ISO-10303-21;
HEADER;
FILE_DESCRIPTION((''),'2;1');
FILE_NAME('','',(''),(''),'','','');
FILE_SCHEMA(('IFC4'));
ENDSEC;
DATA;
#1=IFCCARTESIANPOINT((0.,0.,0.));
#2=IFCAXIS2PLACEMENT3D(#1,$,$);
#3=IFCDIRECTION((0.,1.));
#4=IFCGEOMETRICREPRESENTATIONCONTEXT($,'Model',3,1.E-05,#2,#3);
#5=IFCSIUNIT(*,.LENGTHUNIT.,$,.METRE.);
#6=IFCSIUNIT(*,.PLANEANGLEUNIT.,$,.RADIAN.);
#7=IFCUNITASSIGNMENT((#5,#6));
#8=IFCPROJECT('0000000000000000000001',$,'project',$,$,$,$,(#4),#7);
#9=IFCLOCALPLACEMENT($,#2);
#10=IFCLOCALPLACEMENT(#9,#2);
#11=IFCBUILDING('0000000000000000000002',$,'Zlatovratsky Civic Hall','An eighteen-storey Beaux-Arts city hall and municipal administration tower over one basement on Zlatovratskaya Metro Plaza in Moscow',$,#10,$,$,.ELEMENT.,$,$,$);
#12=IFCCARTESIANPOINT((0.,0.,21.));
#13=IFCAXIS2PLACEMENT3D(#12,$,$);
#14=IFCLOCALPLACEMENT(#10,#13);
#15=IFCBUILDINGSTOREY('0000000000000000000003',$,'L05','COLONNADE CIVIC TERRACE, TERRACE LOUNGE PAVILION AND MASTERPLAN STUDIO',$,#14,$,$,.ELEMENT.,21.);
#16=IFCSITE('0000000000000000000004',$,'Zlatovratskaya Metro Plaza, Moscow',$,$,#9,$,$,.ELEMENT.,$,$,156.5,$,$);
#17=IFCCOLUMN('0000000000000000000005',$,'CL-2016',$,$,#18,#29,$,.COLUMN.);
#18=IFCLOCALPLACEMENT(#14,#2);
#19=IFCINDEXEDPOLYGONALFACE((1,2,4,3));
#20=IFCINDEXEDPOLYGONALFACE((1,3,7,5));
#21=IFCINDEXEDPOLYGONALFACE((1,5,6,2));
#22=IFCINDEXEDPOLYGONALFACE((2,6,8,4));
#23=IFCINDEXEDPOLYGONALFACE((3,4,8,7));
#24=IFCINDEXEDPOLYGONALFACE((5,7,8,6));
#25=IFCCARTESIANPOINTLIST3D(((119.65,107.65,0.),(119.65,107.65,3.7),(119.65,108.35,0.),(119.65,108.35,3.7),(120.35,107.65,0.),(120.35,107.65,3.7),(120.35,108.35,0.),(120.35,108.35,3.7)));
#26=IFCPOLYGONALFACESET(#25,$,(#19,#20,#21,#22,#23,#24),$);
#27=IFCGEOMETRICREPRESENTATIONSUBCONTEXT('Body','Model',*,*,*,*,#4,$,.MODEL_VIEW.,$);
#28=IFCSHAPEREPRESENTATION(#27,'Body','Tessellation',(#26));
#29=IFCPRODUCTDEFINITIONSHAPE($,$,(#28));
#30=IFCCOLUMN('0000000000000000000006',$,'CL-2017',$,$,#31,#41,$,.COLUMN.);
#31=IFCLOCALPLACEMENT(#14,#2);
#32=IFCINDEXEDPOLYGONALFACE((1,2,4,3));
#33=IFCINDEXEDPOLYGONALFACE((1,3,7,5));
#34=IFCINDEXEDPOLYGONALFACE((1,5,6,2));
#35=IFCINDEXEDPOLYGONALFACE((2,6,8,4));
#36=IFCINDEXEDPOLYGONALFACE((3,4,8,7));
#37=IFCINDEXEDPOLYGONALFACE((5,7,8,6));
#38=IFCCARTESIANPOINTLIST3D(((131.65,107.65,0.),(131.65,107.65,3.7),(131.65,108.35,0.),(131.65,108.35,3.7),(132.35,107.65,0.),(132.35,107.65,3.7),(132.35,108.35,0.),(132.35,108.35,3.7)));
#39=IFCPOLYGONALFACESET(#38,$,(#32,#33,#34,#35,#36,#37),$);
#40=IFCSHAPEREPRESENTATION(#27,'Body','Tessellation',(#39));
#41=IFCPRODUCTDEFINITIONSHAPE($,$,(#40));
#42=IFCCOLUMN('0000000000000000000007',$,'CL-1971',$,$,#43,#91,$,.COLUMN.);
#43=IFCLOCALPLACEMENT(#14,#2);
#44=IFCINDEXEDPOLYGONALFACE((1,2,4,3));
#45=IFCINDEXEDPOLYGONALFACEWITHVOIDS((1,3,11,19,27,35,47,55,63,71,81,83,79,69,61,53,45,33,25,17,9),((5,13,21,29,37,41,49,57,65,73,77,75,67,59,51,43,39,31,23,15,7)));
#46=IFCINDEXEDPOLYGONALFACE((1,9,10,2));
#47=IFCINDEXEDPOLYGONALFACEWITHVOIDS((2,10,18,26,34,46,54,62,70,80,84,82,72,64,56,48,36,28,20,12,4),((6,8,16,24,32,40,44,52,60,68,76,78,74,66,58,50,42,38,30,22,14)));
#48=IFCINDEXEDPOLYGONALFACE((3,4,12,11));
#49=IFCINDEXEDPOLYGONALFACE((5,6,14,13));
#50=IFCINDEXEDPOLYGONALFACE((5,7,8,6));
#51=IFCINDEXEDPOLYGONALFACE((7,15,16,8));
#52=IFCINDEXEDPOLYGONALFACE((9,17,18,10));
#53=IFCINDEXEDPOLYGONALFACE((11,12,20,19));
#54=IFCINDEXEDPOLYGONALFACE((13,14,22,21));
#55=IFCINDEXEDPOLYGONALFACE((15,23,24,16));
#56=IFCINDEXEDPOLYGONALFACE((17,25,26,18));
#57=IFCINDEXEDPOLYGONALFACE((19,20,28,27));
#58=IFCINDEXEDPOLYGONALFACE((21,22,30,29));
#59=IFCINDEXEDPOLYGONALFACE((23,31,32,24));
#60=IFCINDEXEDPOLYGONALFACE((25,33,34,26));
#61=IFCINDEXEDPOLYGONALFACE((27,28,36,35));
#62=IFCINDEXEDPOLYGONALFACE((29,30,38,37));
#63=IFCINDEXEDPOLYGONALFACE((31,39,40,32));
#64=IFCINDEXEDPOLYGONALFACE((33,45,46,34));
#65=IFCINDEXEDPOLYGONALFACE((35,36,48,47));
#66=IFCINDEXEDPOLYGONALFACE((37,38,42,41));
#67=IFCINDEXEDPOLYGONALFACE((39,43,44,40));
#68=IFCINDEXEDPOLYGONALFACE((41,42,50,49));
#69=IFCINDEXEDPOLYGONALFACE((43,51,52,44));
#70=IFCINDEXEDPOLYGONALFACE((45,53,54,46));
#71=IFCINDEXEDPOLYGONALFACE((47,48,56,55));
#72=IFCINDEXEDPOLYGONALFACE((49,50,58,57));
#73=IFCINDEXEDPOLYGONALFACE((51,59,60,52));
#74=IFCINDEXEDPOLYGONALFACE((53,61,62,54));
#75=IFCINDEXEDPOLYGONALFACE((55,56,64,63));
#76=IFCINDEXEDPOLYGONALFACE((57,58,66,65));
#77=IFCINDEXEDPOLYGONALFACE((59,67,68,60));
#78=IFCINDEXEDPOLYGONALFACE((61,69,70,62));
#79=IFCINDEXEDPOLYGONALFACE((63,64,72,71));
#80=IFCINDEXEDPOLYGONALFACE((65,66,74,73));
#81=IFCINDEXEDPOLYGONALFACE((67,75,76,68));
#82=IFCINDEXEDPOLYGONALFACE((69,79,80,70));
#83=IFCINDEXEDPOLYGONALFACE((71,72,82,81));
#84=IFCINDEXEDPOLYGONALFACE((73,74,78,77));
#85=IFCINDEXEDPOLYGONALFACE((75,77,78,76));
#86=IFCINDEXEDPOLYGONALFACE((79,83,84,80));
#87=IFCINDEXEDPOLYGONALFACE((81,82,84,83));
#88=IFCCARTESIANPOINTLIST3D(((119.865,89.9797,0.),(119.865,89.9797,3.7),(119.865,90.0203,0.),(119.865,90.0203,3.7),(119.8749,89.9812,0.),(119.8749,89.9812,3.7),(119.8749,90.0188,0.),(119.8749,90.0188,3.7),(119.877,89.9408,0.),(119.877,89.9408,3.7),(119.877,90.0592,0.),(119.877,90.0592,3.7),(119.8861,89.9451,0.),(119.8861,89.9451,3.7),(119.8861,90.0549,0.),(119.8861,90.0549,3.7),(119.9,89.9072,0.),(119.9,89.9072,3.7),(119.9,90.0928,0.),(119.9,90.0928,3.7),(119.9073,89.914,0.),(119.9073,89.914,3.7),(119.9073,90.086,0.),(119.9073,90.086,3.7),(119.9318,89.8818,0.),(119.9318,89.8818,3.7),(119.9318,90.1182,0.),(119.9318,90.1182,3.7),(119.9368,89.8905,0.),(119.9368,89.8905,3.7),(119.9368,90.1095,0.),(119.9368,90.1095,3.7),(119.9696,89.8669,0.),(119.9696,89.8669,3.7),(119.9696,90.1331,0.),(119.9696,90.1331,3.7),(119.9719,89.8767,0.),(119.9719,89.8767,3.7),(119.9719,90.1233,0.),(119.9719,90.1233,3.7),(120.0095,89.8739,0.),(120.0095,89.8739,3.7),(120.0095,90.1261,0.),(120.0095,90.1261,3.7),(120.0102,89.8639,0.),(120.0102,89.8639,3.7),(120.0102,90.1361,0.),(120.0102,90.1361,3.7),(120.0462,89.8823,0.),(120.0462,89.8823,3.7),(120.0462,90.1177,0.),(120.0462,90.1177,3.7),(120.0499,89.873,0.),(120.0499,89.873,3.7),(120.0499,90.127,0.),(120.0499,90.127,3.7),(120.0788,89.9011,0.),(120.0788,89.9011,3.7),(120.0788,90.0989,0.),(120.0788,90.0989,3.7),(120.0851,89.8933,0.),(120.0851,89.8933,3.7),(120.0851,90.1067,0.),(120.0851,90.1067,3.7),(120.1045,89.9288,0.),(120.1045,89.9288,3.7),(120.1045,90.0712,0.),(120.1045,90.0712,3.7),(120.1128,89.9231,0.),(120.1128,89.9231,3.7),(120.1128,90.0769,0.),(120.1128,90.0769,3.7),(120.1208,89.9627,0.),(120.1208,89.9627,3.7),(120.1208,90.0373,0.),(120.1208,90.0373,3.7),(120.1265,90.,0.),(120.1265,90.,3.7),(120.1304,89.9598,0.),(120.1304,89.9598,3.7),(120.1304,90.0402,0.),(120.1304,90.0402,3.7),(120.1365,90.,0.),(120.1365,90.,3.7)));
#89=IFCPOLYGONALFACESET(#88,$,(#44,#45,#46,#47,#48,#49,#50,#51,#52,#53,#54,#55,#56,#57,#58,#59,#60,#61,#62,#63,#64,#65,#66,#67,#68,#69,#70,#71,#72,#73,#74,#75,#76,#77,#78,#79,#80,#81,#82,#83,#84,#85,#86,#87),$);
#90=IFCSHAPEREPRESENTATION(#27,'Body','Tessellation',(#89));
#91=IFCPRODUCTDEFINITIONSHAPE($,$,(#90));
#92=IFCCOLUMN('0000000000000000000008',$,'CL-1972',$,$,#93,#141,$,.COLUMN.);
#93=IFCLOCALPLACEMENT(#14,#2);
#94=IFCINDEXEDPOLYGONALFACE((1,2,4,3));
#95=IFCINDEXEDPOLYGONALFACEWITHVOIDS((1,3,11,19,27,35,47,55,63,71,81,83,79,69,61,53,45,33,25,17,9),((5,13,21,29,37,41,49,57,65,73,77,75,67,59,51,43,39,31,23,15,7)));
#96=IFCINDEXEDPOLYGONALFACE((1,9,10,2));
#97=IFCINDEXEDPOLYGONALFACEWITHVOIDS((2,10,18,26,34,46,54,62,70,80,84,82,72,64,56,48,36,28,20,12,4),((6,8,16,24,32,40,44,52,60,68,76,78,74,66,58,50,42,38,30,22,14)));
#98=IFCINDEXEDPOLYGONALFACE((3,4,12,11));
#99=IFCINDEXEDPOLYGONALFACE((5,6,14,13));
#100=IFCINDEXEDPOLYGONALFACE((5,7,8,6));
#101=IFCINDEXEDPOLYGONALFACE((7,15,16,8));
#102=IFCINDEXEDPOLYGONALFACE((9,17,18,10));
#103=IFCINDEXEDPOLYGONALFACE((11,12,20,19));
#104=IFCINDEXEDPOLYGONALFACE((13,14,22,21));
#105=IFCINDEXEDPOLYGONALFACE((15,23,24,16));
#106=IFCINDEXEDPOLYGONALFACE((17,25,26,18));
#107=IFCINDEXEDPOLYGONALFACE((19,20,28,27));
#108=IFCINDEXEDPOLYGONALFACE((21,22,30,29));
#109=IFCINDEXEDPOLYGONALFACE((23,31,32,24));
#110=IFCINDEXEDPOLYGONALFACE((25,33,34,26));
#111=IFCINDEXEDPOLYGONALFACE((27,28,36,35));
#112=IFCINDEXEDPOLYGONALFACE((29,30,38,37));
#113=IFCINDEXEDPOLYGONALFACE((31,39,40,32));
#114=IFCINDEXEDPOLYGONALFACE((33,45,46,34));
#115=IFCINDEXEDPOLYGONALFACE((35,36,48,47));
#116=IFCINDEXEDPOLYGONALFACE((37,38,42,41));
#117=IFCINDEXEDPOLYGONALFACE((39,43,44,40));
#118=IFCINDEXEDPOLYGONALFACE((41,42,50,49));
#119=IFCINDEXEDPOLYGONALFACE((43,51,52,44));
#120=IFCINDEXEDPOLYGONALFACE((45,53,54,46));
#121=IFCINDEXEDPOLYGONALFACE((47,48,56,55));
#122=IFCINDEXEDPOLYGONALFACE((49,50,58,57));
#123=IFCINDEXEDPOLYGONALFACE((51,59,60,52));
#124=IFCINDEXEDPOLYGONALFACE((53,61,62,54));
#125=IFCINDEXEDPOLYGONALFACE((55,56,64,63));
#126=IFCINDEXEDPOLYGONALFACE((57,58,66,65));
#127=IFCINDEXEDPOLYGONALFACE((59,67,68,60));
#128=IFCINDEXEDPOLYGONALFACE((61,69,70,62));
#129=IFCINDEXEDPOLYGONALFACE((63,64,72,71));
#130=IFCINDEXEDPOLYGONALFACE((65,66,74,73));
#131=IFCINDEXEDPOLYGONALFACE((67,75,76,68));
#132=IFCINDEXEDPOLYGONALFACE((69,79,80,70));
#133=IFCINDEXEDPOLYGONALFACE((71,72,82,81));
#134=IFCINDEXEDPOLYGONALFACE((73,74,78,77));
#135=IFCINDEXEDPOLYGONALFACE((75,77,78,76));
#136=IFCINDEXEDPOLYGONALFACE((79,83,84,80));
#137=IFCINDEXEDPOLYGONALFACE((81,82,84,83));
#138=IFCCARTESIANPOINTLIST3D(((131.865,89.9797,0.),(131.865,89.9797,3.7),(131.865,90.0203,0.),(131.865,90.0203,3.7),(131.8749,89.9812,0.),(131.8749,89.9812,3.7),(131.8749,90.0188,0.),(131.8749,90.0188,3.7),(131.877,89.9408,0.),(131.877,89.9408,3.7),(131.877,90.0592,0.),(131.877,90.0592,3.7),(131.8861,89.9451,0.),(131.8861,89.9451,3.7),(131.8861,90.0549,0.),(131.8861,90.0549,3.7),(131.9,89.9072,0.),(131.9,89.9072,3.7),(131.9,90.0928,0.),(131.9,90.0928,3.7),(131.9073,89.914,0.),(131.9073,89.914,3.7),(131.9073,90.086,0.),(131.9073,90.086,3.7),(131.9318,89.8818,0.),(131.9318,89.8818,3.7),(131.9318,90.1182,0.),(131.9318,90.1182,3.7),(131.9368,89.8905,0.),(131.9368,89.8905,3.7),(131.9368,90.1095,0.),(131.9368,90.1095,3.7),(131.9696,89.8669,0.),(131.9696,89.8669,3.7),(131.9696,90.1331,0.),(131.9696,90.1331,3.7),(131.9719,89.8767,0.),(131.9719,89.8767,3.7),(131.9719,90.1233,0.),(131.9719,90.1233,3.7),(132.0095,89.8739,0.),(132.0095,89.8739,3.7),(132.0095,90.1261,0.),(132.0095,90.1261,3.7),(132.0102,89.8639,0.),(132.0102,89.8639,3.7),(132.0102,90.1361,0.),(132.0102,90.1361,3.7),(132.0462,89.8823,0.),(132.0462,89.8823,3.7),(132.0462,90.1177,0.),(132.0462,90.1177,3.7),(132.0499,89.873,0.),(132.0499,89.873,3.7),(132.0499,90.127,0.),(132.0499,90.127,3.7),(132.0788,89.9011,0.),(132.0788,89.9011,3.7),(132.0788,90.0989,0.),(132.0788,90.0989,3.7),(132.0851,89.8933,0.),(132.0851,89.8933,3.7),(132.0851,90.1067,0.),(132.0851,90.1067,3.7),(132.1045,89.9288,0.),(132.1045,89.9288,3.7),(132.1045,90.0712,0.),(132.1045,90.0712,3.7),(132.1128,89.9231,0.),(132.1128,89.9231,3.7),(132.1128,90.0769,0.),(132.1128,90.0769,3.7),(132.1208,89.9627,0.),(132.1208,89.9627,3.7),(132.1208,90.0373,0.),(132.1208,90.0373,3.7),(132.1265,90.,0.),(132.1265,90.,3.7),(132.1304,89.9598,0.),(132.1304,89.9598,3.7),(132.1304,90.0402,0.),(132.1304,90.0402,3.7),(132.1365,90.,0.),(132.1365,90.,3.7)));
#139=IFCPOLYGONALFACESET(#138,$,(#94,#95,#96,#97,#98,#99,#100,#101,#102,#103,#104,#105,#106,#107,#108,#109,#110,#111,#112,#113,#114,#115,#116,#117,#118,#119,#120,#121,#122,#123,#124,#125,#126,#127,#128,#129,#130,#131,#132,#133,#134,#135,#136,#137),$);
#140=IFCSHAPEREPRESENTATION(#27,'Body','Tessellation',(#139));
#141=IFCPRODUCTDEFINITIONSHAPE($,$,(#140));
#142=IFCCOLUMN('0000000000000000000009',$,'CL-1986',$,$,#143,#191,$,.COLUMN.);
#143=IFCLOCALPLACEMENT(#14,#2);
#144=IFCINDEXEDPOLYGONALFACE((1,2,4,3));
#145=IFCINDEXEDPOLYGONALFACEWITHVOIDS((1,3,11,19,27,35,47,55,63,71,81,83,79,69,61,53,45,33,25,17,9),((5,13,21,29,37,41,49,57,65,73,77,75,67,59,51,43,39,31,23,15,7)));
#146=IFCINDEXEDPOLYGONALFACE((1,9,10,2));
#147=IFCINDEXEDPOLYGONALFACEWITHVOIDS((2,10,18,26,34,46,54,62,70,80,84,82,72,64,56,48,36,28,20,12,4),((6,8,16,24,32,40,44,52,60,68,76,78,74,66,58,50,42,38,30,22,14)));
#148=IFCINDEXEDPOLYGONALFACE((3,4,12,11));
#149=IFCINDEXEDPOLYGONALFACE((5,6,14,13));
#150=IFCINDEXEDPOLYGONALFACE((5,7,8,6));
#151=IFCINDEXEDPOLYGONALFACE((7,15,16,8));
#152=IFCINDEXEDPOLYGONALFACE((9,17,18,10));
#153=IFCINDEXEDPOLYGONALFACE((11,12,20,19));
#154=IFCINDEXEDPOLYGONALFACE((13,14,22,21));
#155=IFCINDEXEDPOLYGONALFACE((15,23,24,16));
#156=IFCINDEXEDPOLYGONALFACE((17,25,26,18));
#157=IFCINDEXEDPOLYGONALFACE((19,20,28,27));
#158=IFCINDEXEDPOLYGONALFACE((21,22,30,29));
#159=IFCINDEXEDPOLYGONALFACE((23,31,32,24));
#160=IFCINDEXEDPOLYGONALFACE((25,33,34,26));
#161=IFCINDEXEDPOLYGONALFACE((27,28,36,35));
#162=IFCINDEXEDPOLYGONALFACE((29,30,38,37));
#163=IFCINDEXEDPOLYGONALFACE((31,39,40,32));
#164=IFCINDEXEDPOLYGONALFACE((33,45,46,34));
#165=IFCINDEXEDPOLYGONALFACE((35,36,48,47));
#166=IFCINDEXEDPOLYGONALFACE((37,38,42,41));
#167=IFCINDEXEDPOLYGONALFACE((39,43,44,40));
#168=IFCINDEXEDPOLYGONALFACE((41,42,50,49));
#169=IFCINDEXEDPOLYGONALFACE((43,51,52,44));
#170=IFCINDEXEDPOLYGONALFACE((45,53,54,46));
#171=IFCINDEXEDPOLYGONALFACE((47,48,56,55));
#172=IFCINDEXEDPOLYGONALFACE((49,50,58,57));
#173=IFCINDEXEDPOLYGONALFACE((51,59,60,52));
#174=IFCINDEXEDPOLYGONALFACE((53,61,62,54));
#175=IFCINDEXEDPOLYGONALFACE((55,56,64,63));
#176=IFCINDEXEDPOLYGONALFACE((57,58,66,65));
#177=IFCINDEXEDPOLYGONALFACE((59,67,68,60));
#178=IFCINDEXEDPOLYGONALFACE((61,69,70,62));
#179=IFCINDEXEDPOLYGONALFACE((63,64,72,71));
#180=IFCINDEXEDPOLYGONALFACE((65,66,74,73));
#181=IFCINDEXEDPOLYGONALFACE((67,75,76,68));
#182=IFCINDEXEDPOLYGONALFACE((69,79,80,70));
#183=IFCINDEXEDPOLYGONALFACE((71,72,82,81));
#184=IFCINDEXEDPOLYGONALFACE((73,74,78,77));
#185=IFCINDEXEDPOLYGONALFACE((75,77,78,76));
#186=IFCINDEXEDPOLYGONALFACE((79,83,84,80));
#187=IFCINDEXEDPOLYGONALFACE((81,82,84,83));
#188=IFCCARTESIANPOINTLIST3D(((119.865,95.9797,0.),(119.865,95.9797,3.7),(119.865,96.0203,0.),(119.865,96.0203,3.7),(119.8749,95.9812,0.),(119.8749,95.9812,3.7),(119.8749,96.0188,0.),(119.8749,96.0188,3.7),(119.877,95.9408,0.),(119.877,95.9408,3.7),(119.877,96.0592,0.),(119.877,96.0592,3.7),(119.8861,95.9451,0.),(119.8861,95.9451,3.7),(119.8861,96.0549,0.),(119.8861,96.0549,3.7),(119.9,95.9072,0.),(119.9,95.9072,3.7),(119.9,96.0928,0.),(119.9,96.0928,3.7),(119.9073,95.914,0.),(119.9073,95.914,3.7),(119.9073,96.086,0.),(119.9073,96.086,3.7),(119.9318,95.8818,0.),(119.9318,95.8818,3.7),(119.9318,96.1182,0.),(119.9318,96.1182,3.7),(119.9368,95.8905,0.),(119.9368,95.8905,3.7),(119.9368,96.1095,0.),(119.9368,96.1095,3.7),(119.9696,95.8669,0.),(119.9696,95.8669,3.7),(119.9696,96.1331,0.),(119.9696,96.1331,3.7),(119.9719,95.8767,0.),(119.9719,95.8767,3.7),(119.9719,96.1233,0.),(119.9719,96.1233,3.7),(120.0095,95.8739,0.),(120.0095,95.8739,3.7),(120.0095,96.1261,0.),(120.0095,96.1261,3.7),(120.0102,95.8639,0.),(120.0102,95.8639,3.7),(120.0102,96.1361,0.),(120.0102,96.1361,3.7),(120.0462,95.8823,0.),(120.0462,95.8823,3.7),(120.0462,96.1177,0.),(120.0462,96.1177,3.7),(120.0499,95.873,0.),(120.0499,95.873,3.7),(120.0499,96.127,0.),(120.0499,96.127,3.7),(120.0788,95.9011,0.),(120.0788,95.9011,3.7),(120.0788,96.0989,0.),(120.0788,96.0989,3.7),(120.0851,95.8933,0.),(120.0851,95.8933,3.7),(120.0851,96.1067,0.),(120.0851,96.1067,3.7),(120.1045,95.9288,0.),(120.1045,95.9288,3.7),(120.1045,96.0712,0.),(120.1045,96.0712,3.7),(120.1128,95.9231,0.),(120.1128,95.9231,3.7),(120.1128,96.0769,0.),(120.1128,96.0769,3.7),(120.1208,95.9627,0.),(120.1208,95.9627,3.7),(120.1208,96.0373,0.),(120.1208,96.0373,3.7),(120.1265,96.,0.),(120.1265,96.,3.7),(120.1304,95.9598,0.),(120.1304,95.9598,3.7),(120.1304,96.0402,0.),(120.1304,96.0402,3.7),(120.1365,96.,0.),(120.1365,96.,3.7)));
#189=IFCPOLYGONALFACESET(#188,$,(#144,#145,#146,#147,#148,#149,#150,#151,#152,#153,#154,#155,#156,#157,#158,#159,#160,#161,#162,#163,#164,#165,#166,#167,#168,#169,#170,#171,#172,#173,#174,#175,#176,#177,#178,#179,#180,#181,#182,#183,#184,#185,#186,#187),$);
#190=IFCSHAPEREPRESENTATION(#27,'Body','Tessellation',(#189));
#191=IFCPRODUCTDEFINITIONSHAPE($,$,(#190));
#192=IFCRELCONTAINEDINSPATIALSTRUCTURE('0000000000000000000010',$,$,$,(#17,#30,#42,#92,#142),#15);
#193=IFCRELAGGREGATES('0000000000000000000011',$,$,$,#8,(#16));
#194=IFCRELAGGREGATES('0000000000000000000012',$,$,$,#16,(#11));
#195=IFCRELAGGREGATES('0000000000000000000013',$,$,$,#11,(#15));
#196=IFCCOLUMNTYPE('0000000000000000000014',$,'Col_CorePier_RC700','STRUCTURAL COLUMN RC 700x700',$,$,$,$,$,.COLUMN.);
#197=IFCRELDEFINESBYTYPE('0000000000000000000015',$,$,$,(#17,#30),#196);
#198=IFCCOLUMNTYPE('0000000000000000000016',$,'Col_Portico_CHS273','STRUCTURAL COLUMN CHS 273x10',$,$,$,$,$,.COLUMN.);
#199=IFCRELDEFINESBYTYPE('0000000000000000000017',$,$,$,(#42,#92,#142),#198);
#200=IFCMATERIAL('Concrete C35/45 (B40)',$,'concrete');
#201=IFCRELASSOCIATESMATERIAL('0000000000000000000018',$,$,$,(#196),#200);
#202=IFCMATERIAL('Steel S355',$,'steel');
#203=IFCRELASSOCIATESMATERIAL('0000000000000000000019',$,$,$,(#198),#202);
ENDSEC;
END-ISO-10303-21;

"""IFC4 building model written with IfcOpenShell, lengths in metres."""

from ifc_helpers import new_model, si_unit, direction, frame, origin, origin_2d, place, context, subcontext, project, spatial, rectangle, hollow_circle, extrude, material, material_profile, profile_set, type_object, element, save


model = new_model("IFC4")

# Units and contexts
model_context = context("Model", 3, precision=1e-05, world=origin(), true_north=direction((0.0, 1.0)))
body_context = subcontext(model_context, "Body", "Model", "MODEL_VIEW")
ifc_project = project(units=[si_unit("LENGTHUNIT", "METRE"), si_unit("PLANEANGLEUNIT", "RADIAN")], contexts=[model_context])

# Site, building, storey
site_placement = place(None, origin())
site = spatial("IfcSite", under=ifc_project, at=site_placement, Name="Zlatovratskaya Metro Plaza, Moscow", CompositionType="ELEMENT", RefElevation=156.5)
building_placement = place(site_placement, origin())
building = spatial("IfcBuilding", under=site, at=building_placement, Name="Zlatovratsky Civic Hall", Description="An eighteen-storey Beaux-Arts city hall and municipal administration tower over one basement on Zlatovratskaya Metro Plaza in Moscow", CompositionType="ELEMENT")
storey_placement = place(building_placement, frame((0.0, 0.0, 21.0)))
storey = spatial("IfcBuildingStorey", under=building, at=storey_placement, Name="L05", Description="COLONNADE CIVIC TERRACE, TERRACE LOUNGE PAVILION AND MASTERPLAN STUDIO", CompositionType="ELEMENT", Elevation=21.0)

# Columns
ifc_material_1 = material(Name="Concrete C35/45 (B40)", Category="concrete")
ifc_material_profile_1 = material_profile(ifc_material_1, rectangle(XDim=0.7, YDim=0.7, at=origin_2d()), Name="RC 700x700")
ifc_profile_set_1 = profile_set([ifc_material_profile_1], Name="Concrete C35/45 (B40)")
column_type_1 = type_object("IfcColumnType", Name="Col_CorePier_RC700", Description="STRUCTURAL COLUMN RC 700x700", PredefinedType="COLUMN", material=ifc_profile_set_1)
for number, where, z_axis, x_axis, name in (
    (1, (120.0, 108.0, 0.0), (0.0, 0.0, 1.0), (1.0, 0.0, 0.0), "CL-2016"),
    (2, (132.0, 108.0, 0.0), (0.0, 0.0, 1.0), (1.0, 0.0, 0.0), "CL-2017"),
):
    element("IfcColumn", number, at=place(storey_placement, frame(where, z_axis=z_axis, x_axis=x_axis)), inside=storey, type_object=column_type_1, Name=name, PredefinedType="COLUMN", context=body_context, shape_type="SweptSolid", body=[
        extrude(rectangle(XDim=0.7, YDim=0.7, at=origin_2d()), origin(), (0.0, 0.0, 1.0), 3.7),
    ])
ifc_material_2 = material(Name="Steel S355", Category="steel")
ifc_material_profile_2 = material_profile(ifc_material_2, hollow_circle(Radius=0.1365, WallThickness=0.01, at=origin_2d()), Name="CHS 273x10")
ifc_profile_set_2 = profile_set([ifc_material_profile_2], Name="Steel S355")
column_type_2 = type_object("IfcColumnType", Name="Col_Portico_CHS273", Description="STRUCTURAL COLUMN CHS 273x10", PredefinedType="COLUMN", material=ifc_profile_set_2)
for number, where, z_axis, x_axis, name in (
    (3, (120.0, 90.0, 0.0), (0.0, 0.0, 1.0), (1.0, 0.0, 0.0), "CL-1971"),
    (4, (132.0, 90.0, 0.0), (0.0, 0.0, 1.0), (1.0, 0.0, 0.0), "CL-1972"),
    (5, (120.0, 96.0, 0.0), (0.0, 0.0, 1.0), (1.0, 0.0, 0.0), "CL-1986"),
):
    element("IfcColumn", number, at=place(storey_placement, frame(where, z_axis=z_axis, x_axis=x_axis)), inside=storey, type_object=column_type_2, Name=name, PredefinedType="COLUMN", context=body_context, shape_type="SweptSolid", body=[
        extrude(hollow_circle(Radius=0.1365, WallThickness=0.01, at=origin_2d()), origin(), (0.0, 0.0, 1.0), 3.7),
    ])

save(model, "model.ifc")
